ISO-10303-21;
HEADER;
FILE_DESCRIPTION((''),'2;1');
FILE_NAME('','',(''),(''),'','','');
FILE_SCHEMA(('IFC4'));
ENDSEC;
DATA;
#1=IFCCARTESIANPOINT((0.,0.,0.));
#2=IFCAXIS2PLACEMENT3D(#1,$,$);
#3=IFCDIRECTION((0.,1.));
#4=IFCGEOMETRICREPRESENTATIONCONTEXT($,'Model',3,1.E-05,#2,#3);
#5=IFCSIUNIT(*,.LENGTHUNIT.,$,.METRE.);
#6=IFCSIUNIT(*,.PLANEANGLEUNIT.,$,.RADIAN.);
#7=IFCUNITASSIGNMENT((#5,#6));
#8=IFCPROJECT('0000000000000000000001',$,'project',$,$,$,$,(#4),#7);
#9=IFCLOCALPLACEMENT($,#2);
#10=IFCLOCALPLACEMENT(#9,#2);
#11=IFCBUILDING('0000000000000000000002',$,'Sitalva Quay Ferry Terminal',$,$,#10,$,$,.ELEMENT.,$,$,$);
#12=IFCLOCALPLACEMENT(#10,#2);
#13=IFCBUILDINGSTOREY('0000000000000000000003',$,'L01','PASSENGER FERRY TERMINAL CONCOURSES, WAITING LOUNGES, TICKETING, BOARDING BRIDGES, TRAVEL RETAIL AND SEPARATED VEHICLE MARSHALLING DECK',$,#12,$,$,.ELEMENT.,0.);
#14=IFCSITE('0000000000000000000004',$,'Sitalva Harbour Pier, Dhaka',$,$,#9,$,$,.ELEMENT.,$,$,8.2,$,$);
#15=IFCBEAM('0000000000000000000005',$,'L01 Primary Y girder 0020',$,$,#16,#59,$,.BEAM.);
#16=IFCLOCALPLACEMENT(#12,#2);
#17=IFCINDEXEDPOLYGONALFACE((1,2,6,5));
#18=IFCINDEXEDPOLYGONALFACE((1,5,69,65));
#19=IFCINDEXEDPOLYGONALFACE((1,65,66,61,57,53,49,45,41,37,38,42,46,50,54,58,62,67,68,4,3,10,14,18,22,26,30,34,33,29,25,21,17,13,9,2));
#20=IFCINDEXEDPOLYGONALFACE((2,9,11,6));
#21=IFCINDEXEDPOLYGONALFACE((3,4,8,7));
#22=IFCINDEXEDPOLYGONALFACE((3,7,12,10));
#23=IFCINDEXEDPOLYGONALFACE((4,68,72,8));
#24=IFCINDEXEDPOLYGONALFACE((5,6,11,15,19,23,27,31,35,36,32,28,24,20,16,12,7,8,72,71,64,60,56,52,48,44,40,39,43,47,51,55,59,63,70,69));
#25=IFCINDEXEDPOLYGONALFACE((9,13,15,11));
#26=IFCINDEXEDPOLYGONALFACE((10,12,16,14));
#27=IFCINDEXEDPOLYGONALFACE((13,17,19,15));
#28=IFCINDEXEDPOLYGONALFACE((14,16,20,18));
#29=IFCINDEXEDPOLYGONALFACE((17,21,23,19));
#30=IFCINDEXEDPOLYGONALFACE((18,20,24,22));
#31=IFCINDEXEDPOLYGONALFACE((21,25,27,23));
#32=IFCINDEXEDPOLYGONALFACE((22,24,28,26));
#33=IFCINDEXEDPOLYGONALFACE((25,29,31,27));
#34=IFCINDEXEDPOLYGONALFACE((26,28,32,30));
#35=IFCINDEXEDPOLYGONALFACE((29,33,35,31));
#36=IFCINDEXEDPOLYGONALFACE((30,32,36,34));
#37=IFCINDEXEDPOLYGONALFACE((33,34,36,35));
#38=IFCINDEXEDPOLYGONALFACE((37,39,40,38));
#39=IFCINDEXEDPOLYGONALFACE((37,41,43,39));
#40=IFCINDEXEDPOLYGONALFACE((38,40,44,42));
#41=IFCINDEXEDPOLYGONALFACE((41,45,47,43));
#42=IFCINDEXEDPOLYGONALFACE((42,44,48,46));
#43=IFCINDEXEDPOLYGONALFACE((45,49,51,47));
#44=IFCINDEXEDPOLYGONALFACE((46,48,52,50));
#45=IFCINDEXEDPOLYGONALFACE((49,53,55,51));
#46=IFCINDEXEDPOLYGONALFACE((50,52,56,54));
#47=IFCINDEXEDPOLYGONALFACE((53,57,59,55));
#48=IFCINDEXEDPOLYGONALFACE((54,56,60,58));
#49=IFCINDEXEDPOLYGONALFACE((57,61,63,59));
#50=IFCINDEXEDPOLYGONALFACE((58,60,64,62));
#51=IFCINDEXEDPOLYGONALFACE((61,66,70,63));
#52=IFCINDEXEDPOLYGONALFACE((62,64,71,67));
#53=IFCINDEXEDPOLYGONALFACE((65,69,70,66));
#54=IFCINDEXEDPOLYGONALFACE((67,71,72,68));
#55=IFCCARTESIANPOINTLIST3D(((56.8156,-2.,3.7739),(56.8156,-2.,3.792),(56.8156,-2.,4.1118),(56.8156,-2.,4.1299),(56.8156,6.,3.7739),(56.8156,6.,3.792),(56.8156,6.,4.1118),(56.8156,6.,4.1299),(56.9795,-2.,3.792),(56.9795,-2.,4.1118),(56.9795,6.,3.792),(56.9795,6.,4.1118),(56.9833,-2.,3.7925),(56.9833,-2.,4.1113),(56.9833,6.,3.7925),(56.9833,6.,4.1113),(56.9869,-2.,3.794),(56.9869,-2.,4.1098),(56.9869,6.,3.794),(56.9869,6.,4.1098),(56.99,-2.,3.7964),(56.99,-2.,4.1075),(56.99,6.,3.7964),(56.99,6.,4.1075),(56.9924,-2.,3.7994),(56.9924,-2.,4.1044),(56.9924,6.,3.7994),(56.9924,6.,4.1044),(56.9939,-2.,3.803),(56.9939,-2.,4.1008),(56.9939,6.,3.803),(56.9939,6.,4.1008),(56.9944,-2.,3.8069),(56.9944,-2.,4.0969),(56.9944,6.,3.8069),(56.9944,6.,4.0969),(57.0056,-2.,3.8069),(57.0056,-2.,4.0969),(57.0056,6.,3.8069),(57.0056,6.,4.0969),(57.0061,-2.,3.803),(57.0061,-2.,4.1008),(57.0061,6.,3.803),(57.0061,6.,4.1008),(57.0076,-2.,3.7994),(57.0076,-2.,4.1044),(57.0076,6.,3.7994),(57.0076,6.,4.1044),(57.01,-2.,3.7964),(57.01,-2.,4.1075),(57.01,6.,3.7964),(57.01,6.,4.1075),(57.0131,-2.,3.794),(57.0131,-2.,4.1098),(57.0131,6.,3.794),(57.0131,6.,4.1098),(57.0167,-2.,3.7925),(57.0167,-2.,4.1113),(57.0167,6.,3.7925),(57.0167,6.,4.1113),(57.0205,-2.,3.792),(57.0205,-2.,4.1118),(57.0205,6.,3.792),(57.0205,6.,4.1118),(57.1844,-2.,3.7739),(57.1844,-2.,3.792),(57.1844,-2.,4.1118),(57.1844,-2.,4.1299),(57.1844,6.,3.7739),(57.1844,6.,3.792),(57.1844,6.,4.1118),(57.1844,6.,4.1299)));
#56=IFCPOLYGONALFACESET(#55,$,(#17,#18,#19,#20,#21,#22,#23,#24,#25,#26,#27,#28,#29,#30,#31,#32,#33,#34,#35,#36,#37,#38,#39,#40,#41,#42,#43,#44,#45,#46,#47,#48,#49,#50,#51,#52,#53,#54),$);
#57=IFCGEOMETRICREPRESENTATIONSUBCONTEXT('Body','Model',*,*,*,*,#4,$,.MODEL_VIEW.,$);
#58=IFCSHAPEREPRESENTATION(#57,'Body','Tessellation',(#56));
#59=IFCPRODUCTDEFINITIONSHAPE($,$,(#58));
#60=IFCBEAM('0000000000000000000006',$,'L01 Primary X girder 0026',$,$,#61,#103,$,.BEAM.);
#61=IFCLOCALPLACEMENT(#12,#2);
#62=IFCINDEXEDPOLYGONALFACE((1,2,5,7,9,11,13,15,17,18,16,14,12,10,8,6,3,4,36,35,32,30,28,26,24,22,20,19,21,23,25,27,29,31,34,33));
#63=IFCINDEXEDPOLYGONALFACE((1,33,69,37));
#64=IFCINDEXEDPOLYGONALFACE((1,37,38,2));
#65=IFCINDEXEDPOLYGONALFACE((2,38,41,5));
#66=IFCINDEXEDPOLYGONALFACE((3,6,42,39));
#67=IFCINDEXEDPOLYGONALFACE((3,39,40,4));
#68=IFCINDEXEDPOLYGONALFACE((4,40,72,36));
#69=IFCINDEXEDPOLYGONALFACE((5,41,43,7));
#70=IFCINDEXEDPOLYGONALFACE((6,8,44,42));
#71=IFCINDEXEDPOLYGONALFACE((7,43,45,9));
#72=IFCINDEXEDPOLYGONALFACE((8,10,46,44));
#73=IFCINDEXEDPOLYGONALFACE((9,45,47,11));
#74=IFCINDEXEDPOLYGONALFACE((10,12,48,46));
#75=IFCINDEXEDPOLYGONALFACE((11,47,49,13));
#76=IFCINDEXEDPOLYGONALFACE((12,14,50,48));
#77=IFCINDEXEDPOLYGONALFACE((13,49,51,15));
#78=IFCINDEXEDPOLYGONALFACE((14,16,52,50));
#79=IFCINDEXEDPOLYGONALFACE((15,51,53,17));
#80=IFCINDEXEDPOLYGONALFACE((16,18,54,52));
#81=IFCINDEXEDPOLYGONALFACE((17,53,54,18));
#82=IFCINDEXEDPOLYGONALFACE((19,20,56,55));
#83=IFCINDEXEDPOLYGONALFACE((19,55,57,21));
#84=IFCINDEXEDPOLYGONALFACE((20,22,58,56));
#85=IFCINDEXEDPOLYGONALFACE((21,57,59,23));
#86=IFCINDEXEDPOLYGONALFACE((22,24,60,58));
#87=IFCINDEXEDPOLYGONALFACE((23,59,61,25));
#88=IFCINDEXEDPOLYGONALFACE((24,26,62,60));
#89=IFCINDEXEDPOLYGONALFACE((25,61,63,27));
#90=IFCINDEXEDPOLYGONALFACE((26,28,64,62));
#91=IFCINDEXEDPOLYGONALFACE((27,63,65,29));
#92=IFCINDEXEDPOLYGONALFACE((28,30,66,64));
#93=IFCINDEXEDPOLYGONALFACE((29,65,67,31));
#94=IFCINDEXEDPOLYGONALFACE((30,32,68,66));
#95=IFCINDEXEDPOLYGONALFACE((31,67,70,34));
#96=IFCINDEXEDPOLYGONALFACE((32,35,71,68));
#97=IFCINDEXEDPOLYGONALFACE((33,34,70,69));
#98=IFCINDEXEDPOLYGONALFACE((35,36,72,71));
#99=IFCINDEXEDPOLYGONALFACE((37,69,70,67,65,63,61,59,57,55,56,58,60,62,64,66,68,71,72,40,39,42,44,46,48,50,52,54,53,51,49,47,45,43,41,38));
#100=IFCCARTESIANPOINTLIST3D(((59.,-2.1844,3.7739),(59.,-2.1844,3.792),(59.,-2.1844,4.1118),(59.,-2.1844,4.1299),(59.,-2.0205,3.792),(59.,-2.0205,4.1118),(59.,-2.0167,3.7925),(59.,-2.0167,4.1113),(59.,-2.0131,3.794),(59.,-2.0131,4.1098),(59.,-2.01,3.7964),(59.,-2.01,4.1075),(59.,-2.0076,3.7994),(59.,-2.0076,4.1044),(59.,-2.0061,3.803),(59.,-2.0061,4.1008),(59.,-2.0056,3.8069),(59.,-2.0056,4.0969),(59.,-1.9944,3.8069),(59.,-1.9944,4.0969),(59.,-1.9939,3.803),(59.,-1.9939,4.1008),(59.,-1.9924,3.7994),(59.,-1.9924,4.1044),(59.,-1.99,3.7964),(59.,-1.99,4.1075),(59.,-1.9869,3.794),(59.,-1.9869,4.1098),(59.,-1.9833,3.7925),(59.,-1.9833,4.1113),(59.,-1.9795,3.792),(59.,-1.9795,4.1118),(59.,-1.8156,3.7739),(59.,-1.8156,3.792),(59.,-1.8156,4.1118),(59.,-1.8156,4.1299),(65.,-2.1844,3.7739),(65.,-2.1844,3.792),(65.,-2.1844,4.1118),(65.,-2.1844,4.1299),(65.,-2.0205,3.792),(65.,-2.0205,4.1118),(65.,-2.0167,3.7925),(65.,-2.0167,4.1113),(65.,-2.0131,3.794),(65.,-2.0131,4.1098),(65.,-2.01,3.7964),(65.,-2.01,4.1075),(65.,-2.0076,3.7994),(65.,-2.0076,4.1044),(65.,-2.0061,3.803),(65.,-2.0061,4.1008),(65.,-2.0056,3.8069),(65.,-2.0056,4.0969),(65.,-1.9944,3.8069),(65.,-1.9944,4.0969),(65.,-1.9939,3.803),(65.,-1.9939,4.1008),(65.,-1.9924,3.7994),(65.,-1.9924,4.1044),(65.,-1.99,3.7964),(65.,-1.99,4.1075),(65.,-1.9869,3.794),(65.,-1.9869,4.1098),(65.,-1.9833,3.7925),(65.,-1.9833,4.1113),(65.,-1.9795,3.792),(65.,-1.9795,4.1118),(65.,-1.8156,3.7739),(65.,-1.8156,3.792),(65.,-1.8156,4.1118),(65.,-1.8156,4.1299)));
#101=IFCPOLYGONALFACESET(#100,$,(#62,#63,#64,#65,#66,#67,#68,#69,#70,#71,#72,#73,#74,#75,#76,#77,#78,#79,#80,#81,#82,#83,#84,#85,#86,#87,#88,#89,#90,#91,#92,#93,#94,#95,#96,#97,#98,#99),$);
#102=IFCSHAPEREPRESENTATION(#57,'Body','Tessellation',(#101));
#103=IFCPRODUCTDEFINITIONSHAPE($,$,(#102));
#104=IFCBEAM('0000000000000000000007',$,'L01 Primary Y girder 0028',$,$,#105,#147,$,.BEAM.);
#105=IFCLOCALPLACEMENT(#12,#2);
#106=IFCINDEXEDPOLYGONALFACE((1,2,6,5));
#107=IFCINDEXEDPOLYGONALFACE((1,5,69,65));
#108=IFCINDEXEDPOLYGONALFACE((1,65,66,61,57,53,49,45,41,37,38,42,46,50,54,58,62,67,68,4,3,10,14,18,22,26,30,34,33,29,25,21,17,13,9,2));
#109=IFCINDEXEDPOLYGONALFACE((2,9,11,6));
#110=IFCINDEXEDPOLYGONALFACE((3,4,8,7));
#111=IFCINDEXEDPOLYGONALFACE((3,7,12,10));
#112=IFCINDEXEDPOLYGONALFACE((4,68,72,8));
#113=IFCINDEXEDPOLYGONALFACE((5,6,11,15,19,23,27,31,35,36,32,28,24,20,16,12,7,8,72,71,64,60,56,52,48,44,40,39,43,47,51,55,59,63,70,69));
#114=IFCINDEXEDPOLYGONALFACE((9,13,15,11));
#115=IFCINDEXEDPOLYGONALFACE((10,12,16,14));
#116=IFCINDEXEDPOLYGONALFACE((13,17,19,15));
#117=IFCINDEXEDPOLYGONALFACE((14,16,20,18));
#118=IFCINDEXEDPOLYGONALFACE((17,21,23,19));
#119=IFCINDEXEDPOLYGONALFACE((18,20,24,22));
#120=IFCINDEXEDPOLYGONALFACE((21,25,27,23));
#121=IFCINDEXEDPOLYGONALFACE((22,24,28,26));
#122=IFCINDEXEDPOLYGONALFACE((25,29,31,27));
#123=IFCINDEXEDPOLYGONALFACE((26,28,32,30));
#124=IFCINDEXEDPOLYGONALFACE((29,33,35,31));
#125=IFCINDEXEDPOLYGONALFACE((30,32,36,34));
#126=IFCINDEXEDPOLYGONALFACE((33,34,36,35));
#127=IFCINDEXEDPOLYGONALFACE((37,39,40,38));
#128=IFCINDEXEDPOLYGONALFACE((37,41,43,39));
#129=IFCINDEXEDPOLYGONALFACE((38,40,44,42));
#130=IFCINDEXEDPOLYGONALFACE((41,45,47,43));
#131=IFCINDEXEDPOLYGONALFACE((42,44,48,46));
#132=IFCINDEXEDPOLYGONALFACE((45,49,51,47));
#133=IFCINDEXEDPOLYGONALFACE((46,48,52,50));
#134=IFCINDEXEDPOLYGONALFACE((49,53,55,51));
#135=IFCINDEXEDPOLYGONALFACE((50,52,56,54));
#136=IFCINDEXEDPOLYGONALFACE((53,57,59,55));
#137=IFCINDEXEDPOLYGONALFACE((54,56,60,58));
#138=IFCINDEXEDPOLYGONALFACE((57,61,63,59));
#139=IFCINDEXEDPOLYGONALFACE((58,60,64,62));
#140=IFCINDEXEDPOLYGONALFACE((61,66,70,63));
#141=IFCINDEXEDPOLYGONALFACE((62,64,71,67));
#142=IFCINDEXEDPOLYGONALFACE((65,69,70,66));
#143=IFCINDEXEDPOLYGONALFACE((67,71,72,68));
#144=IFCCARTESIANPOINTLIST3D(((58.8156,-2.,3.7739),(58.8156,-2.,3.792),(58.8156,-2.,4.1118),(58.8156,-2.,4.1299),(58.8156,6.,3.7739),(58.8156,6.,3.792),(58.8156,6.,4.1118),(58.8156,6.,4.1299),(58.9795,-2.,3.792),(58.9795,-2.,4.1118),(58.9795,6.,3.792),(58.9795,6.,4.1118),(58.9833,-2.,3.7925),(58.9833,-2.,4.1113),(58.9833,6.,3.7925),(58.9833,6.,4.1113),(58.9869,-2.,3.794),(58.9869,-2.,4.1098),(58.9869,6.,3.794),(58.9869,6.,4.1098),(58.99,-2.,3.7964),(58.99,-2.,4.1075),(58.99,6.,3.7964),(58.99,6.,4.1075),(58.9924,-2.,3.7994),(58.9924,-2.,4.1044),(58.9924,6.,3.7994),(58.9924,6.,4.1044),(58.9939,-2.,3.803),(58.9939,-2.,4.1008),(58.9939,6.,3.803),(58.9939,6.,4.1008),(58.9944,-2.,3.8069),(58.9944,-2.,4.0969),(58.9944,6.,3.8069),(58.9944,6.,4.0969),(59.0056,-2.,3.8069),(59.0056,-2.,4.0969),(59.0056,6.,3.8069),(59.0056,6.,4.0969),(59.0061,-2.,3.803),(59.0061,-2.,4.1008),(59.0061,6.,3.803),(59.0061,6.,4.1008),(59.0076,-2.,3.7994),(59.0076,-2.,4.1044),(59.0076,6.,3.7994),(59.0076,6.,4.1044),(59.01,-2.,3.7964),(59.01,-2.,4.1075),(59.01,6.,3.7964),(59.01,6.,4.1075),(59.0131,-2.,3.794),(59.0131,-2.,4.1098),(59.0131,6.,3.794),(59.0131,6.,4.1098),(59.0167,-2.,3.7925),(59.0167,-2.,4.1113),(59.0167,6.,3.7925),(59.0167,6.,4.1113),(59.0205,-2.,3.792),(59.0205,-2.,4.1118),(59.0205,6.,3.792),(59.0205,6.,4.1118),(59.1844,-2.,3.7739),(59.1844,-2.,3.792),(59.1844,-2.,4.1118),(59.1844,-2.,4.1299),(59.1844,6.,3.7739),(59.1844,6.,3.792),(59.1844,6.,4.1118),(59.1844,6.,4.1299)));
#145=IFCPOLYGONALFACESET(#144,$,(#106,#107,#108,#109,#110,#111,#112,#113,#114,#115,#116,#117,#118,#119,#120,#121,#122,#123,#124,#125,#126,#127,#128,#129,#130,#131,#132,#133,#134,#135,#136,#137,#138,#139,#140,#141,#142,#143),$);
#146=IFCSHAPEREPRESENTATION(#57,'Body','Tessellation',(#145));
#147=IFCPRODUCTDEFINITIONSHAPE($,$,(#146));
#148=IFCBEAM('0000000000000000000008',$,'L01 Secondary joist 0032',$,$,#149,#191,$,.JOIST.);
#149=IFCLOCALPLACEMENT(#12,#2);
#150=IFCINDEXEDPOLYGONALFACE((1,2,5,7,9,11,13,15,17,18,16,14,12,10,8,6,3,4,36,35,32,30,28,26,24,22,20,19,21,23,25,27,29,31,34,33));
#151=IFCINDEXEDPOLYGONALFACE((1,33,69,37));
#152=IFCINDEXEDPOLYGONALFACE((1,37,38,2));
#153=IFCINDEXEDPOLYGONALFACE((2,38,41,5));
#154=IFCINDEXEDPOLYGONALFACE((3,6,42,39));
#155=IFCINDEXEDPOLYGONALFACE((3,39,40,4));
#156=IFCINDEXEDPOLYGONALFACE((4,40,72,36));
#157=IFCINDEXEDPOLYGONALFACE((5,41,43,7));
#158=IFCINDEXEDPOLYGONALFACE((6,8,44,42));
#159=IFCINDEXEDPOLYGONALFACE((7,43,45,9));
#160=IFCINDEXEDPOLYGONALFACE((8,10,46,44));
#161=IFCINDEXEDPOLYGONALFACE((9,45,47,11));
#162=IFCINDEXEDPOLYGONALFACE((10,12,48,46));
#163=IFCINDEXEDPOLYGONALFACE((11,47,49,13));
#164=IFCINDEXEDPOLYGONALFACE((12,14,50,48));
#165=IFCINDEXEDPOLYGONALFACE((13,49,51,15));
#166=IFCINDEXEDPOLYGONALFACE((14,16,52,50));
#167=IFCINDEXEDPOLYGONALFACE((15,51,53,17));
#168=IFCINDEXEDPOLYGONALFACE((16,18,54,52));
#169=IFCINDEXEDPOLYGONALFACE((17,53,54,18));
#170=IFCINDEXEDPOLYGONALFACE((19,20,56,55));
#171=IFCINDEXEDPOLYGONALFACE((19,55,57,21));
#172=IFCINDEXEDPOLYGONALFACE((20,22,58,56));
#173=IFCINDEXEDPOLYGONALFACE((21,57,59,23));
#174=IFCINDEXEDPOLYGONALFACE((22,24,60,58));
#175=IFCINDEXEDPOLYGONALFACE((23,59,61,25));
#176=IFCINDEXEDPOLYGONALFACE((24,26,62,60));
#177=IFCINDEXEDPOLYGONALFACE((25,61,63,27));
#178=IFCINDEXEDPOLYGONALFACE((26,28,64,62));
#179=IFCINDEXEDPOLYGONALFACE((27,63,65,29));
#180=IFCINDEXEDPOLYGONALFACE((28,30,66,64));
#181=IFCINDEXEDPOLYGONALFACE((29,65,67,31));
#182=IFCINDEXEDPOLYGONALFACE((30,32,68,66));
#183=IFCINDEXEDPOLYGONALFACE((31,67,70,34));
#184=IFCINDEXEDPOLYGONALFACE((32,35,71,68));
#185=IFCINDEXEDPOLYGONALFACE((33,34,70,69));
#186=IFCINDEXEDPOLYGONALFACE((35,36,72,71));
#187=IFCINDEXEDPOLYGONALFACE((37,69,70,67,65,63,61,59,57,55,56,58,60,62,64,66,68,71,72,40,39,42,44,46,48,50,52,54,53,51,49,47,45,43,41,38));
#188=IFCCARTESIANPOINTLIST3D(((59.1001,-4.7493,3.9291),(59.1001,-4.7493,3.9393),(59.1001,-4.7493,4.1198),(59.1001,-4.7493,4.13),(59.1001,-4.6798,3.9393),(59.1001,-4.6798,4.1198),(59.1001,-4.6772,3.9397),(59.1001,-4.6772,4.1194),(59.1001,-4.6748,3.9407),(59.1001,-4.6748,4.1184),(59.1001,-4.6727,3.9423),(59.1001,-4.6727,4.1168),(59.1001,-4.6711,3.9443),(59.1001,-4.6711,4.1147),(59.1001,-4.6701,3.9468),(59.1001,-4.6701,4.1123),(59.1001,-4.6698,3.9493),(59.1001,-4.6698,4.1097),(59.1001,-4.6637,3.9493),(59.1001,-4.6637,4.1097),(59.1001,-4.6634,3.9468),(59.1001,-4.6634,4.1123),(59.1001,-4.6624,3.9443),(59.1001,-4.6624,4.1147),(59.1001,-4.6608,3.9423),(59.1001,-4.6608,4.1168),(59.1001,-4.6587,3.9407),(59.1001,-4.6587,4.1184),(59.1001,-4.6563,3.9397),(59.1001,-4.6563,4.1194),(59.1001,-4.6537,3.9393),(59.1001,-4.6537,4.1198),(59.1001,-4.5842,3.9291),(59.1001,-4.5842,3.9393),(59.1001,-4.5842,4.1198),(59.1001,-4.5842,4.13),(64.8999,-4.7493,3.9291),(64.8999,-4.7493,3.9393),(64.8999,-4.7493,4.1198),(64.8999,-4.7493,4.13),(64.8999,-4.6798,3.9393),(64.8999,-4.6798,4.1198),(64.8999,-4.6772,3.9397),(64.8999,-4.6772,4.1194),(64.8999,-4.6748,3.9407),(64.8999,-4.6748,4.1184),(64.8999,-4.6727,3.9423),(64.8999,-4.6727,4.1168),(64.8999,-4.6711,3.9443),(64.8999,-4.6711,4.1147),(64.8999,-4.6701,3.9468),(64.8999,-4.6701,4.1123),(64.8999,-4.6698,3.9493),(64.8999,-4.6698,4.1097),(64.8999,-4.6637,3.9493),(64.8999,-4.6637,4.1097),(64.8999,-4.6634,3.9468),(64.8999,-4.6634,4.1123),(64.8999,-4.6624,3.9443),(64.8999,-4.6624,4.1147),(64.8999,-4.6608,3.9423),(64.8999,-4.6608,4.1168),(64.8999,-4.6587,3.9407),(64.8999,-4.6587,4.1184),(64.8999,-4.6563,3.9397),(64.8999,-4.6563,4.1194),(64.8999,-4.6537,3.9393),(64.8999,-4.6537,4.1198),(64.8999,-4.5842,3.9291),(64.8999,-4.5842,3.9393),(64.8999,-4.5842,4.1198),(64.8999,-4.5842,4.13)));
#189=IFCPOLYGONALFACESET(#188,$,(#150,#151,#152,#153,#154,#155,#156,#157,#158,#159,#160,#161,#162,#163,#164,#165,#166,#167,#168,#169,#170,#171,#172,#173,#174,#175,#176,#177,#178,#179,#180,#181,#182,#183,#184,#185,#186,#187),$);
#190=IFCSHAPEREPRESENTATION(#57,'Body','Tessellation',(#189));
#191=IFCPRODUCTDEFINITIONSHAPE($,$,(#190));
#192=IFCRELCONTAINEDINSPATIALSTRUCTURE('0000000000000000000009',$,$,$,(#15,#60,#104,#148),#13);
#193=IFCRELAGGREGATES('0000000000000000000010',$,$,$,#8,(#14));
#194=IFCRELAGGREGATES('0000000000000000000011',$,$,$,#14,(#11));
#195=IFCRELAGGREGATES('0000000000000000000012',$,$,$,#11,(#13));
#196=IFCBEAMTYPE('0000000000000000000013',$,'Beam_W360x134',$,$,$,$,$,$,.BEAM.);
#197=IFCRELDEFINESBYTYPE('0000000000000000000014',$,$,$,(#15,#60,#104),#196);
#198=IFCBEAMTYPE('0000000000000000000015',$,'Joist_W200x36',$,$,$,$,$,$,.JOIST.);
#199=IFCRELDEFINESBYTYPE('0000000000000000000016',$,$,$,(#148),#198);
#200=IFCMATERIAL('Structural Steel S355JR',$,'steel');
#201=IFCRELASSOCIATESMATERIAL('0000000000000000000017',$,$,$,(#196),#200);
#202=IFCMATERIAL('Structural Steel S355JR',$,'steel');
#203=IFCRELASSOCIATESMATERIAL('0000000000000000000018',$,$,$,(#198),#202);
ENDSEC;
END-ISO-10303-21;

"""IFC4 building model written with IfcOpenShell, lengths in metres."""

from ifc_helpers import new_model, si_unit, direction, frame, origin, origin_2d, place, context, subcontext, project, spatial, i_section, extrude, material, material_profile, profile_set, type_object, element, save


model = new_model("IFC4")

# Units and contexts
model_context = context("Model", 3, precision=1e-05, world=origin(), true_north=direction((0.0, 1.0)))
body_context = subcontext(model_context, "Body", "Model", "MODEL_VIEW")
ifc_project = project(units=[si_unit("LENGTHUNIT", "METRE"), si_unit("PLANEANGLEUNIT", "RADIAN")], contexts=[model_context])

# Site, building, storey
site_placement = place(None, origin())
site = spatial("IfcSite", under=ifc_project, at=site_placement, Name="Sitalva Harbour Pier, Dhaka", CompositionType="ELEMENT", RefElevation=8.2)
building_placement = place(site_placement, origin())
building = spatial("IfcBuilding", under=site, at=building_placement, Name="Sitalva Quay Ferry Terminal", CompositionType="ELEMENT")
storey_placement = place(building_placement, origin())
storey = spatial("IfcBuildingStorey", under=building, at=storey_placement, Name="L01", Description="PASSENGER FERRY TERMINAL CONCOURSES, WAITING LOUNGES, TICKETING, BOARDING BRIDGES, TRAVEL RETAIL AND SEPARATED VEHICLE MARSHALLING DECK", CompositionType="ELEMENT", Elevation=0.0)

# Beams
ifc_material_1 = material(Name="Structural Steel S355JR", Category="steel")
ifc_material_profile_1 = material_profile(ifc_material_1, i_section(OverallWidth=0.3689, OverallDepth=0.356, WebThickness=0.0112, FlangeThickness=0.0181, FilletRadius=0.0149, at=origin_2d()), Name="W360x134")
ifc_profile_set_1 = profile_set([ifc_material_profile_1], Name="Structural Steel S355JR")
beam_type_1 = type_object("IfcBeamType", Name="Beam_W360x134", PredefinedType="BEAM", material=ifc_profile_set_1)
beam_1_placement = place(storey_placement, frame((57.0, -2.0, 3.9519), z_axis=(0.0, 1.0, 0.0), x_axis=(-1.0, 0.0, 0.0)))
element("IfcBeam", 1, at=beam_1_placement, inside=storey, type_object=beam_type_1, Name="L01 Primary Y girder 0020", PredefinedType="BEAM", context=body_context, shape_type="SweptSolid", body=[
    extrude(i_section(OverallWidth=0.3689, OverallDepth=0.356, WebThickness=0.0112, FlangeThickness=0.0181, FilletRadius=0.0149, at=origin_2d()), origin(), (0.0, 0.0, 1.0), 8.0),
])
beam_2_placement = place(storey_placement, frame((59.0, -2.0, 3.9519), z_axis=(1.0, 0.0, 0.0), x_axis=(0.0, 1.0, 0.0)))
element("IfcBeam", 2, at=beam_2_placement, inside=storey, type_object=beam_type_1, Name="L01 Primary X girder 0026", PredefinedType="BEAM", context=body_context, shape_type="SweptSolid", body=[
    extrude(i_section(OverallWidth=0.3689, OverallDepth=0.356, WebThickness=0.0112, FlangeThickness=0.0181, FilletRadius=0.0149, at=origin_2d()), origin(), (0.0, 0.0, 1.0), 6.0),
])
beam_3_placement = place(storey_placement, frame((59.0, -2.0, 3.9519), z_axis=(0.0, 1.0, 0.0), x_axis=(-1.0, 0.0, 0.0)))
element("IfcBeam", 3, at=beam_3_placement, inside=storey, type_object=beam_type_1, Name="L01 Primary Y girder 0028", PredefinedType="BEAM", context=body_context, shape_type="SweptSolid", body=[
    extrude(i_section(OverallWidth=0.3689, OverallDepth=0.356, WebThickness=0.0112, FlangeThickness=0.0181, FilletRadius=0.0149, at=origin_2d()), origin(), (0.0, 0.0, 1.0), 8.0),
])
ifc_material_2 = material(Name="Structural Steel S355JR", Category="steel")
ifc_material_profile_2 = material_profile(ifc_material_2, i_section(OverallWidth=0.165, OverallDepth=0.2009, WebThickness=0.0061, FlangeThickness=0.0103, FilletRadius=0.01, at=origin_2d()), Name="W200x36")
ifc_profile_set_2 = profile_set([ifc_material_profile_2], Name="Structural Steel S355JR")
beam_type_2 = type_object("IfcBeamType", Name="Joist_W200x36", PredefinedType="JOIST", material=ifc_profile_set_2)
beam_4_placement = place(storey_placement, frame((59.1001, -4.6667, 4.0295), z_axis=(1.0, 0.0, 0.0), x_axis=(0.0, 1.0, 0.0)))
element("IfcBeam", 4, at=beam_4_placement, inside=storey, type_object=beam_type_2, Name="L01 Secondary joist 0032", PredefinedType="JOIST", context=body_context, shape_type="SweptSolid", body=[
    extrude(i_section(OverallWidth=0.165, OverallDepth=0.2009, WebThickness=0.0061, FlangeThickness=0.0103, FilletRadius=0.01, at=origin_2d()), origin(), (0.0, 0.0, 1.0), 5.7998),
])

save(model, "model.ifc")
